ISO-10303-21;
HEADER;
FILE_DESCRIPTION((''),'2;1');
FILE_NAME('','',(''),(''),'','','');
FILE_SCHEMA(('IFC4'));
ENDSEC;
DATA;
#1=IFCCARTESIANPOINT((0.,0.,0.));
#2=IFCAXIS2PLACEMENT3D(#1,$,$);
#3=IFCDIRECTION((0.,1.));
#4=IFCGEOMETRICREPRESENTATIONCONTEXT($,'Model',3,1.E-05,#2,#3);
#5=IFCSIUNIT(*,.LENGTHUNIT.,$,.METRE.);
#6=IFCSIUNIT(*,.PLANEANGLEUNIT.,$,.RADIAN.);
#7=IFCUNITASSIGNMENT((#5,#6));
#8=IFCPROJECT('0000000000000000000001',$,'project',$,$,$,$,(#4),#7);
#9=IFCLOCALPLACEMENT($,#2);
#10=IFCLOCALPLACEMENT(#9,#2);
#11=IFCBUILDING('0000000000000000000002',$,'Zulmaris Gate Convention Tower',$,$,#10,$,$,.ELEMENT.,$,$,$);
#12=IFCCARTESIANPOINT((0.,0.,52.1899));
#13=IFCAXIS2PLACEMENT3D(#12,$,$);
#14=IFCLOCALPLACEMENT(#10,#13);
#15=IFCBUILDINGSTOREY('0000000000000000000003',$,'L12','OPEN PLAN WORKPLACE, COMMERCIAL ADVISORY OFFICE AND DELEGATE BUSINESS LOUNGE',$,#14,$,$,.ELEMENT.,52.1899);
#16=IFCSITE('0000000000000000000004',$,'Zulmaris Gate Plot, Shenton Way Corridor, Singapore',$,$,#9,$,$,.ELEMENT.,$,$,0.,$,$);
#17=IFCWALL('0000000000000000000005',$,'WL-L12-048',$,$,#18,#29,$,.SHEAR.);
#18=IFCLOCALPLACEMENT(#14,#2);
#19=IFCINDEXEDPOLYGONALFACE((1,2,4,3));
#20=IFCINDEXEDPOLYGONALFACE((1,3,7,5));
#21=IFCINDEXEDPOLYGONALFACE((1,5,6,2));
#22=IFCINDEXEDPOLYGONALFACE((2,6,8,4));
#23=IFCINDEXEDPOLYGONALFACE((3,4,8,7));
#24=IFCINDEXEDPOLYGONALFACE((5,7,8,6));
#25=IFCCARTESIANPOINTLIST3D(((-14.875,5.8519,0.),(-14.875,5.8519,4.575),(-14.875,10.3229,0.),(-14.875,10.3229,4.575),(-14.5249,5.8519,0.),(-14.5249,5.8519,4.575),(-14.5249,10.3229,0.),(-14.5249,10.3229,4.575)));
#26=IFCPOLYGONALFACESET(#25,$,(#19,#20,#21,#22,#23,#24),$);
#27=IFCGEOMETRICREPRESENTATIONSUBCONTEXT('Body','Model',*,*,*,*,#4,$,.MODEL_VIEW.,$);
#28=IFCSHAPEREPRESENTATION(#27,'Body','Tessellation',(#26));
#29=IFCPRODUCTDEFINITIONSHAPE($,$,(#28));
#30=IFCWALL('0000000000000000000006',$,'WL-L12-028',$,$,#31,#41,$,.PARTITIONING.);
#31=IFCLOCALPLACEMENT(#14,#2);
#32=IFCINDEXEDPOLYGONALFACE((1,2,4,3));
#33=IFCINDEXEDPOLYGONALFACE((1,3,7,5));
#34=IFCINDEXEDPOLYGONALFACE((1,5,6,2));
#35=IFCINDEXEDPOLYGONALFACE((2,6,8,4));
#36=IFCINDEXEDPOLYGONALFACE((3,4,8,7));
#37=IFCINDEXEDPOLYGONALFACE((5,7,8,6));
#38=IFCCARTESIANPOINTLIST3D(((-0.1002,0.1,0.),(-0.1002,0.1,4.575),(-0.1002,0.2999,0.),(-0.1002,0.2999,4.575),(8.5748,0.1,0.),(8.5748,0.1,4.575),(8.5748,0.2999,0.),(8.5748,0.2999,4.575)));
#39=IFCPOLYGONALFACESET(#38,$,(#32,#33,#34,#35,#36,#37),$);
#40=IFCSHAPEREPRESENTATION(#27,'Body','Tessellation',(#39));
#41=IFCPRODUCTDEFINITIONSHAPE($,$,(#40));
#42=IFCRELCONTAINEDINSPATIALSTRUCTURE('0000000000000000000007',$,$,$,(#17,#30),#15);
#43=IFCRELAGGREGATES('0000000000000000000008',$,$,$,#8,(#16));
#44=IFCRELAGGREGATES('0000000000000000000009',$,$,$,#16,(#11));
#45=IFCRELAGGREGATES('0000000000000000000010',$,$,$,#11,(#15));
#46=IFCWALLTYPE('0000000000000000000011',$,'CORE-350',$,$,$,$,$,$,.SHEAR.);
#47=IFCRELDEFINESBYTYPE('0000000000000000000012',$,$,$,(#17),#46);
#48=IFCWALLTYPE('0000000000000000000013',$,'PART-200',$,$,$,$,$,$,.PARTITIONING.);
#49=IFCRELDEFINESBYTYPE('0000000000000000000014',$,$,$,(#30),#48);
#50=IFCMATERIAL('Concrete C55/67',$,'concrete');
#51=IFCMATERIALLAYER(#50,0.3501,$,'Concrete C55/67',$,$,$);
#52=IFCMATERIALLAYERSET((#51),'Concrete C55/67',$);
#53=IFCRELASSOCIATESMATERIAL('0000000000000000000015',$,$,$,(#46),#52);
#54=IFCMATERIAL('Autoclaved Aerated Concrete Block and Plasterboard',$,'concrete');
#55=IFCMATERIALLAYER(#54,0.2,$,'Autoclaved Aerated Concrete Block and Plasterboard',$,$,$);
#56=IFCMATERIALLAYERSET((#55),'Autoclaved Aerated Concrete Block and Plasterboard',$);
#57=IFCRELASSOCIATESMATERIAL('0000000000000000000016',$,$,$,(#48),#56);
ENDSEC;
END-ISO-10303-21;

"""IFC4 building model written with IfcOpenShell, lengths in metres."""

from ifc_helpers import new_model, si_unit, direction, frame, frame_2d, origin, place, context, subcontext, project, spatial, rectangle, extrude, material, layer, layer_set, type_object, element, save


model = new_model("IFC4")

# Units and contexts
model_context = context("Model", 3, precision=1e-05, world=origin(), true_north=direction((0.0, 1.0)))
body_context = subcontext(model_context, "Body", "Model", "MODEL_VIEW")
ifc_project = project(units=[si_unit("LENGTHUNIT", "METRE"), si_unit("PLANEANGLEUNIT", "RADIAN")], contexts=[model_context])

# Site, building, storey
site_placement = place(None, origin())
site = spatial("IfcSite", under=ifc_project, at=site_placement, Name="Zulmaris Gate Plot, Shenton Way Corridor, Singapore", CompositionType="ELEMENT", RefElevation=0.0)
building_placement = place(site_placement, origin())
building = spatial("IfcBuilding", under=site, at=building_placement, Name="Zulmaris Gate Convention Tower", CompositionType="ELEMENT")
storey_placement = place(building_placement, frame((0.0, 0.0, 52.1899)))
storey = spatial("IfcBuildingStorey", under=building, at=storey_placement, Name="L12", Description="OPEN PLAN WORKPLACE, COMMERCIAL ADVISORY OFFICE AND DELEGATE BUSINESS LOUNGE", CompositionType="ELEMENT", Elevation=52.1899)

# Walls
ifc_material_1 = material(Name="Concrete C55/67", Category="concrete")
ifc_layer_1 = layer(ifc_material_1, 0.3501, Name="Concrete C55/67")
ifc_layer_set_1 = layer_set([ifc_layer_1], Name="Concrete C55/67")
wall_type_1 = type_object("IfcWallType", Name="CORE-350", PredefinedType="SHEAR", material=ifc_layer_set_1)
wall_1_placement = place(storey_placement, frame((-14.7, 5.8521, 0.0), z_axis=(0.0, 0.0, 1.0), x_axis=(0.0, 1.0, 0.0)))
element("IfcWall", 1, at=wall_1_placement, inside=storey, type_object=wall_type_1, Name="WL-L12-048", PredefinedType="SHEAR", context=body_context, shape_type="SweptSolid", body=[
    extrude(rectangle(XDim=4.4709, YDim=0.3501, at=frame_2d((2.2354, 0.0))), origin(), (0.0, 0.0, 1.0), 4.575),
])
ifc_material_2 = material(Name="Autoclaved Aerated Concrete Block and Plasterboard", Category="concrete")
ifc_layer_2 = layer(ifc_material_2, 0.2, Name="Autoclaved Aerated Concrete Block and Plasterboard")
ifc_layer_set_2 = layer_set([ifc_layer_2], Name="Autoclaved Aerated Concrete Block and Plasterboard")
wall_type_2 = type_object("IfcWallType", Name="PART-200", PredefinedType="PARTITIONING", material=ifc_layer_set_2)
wall_2_placement = place(storey_placement, frame((-0.1001, 0.2, 0.0), z_axis=(0.0, 0.0, 1.0), x_axis=(1.0, 0.0, 0.0)))
element("IfcWall", 2, at=wall_2_placement, inside=storey, type_object=wall_type_2, Name="WL-L12-028", PredefinedType="PARTITIONING", context=body_context, shape_type="SweptSolid", body=[
    extrude(rectangle(XDim=8.675, YDim=0.2, at=frame_2d((4.3374, 0.0))), origin(), (0.0, 0.0, 1.0), 4.575),
])

save(model, "model.ifc")
